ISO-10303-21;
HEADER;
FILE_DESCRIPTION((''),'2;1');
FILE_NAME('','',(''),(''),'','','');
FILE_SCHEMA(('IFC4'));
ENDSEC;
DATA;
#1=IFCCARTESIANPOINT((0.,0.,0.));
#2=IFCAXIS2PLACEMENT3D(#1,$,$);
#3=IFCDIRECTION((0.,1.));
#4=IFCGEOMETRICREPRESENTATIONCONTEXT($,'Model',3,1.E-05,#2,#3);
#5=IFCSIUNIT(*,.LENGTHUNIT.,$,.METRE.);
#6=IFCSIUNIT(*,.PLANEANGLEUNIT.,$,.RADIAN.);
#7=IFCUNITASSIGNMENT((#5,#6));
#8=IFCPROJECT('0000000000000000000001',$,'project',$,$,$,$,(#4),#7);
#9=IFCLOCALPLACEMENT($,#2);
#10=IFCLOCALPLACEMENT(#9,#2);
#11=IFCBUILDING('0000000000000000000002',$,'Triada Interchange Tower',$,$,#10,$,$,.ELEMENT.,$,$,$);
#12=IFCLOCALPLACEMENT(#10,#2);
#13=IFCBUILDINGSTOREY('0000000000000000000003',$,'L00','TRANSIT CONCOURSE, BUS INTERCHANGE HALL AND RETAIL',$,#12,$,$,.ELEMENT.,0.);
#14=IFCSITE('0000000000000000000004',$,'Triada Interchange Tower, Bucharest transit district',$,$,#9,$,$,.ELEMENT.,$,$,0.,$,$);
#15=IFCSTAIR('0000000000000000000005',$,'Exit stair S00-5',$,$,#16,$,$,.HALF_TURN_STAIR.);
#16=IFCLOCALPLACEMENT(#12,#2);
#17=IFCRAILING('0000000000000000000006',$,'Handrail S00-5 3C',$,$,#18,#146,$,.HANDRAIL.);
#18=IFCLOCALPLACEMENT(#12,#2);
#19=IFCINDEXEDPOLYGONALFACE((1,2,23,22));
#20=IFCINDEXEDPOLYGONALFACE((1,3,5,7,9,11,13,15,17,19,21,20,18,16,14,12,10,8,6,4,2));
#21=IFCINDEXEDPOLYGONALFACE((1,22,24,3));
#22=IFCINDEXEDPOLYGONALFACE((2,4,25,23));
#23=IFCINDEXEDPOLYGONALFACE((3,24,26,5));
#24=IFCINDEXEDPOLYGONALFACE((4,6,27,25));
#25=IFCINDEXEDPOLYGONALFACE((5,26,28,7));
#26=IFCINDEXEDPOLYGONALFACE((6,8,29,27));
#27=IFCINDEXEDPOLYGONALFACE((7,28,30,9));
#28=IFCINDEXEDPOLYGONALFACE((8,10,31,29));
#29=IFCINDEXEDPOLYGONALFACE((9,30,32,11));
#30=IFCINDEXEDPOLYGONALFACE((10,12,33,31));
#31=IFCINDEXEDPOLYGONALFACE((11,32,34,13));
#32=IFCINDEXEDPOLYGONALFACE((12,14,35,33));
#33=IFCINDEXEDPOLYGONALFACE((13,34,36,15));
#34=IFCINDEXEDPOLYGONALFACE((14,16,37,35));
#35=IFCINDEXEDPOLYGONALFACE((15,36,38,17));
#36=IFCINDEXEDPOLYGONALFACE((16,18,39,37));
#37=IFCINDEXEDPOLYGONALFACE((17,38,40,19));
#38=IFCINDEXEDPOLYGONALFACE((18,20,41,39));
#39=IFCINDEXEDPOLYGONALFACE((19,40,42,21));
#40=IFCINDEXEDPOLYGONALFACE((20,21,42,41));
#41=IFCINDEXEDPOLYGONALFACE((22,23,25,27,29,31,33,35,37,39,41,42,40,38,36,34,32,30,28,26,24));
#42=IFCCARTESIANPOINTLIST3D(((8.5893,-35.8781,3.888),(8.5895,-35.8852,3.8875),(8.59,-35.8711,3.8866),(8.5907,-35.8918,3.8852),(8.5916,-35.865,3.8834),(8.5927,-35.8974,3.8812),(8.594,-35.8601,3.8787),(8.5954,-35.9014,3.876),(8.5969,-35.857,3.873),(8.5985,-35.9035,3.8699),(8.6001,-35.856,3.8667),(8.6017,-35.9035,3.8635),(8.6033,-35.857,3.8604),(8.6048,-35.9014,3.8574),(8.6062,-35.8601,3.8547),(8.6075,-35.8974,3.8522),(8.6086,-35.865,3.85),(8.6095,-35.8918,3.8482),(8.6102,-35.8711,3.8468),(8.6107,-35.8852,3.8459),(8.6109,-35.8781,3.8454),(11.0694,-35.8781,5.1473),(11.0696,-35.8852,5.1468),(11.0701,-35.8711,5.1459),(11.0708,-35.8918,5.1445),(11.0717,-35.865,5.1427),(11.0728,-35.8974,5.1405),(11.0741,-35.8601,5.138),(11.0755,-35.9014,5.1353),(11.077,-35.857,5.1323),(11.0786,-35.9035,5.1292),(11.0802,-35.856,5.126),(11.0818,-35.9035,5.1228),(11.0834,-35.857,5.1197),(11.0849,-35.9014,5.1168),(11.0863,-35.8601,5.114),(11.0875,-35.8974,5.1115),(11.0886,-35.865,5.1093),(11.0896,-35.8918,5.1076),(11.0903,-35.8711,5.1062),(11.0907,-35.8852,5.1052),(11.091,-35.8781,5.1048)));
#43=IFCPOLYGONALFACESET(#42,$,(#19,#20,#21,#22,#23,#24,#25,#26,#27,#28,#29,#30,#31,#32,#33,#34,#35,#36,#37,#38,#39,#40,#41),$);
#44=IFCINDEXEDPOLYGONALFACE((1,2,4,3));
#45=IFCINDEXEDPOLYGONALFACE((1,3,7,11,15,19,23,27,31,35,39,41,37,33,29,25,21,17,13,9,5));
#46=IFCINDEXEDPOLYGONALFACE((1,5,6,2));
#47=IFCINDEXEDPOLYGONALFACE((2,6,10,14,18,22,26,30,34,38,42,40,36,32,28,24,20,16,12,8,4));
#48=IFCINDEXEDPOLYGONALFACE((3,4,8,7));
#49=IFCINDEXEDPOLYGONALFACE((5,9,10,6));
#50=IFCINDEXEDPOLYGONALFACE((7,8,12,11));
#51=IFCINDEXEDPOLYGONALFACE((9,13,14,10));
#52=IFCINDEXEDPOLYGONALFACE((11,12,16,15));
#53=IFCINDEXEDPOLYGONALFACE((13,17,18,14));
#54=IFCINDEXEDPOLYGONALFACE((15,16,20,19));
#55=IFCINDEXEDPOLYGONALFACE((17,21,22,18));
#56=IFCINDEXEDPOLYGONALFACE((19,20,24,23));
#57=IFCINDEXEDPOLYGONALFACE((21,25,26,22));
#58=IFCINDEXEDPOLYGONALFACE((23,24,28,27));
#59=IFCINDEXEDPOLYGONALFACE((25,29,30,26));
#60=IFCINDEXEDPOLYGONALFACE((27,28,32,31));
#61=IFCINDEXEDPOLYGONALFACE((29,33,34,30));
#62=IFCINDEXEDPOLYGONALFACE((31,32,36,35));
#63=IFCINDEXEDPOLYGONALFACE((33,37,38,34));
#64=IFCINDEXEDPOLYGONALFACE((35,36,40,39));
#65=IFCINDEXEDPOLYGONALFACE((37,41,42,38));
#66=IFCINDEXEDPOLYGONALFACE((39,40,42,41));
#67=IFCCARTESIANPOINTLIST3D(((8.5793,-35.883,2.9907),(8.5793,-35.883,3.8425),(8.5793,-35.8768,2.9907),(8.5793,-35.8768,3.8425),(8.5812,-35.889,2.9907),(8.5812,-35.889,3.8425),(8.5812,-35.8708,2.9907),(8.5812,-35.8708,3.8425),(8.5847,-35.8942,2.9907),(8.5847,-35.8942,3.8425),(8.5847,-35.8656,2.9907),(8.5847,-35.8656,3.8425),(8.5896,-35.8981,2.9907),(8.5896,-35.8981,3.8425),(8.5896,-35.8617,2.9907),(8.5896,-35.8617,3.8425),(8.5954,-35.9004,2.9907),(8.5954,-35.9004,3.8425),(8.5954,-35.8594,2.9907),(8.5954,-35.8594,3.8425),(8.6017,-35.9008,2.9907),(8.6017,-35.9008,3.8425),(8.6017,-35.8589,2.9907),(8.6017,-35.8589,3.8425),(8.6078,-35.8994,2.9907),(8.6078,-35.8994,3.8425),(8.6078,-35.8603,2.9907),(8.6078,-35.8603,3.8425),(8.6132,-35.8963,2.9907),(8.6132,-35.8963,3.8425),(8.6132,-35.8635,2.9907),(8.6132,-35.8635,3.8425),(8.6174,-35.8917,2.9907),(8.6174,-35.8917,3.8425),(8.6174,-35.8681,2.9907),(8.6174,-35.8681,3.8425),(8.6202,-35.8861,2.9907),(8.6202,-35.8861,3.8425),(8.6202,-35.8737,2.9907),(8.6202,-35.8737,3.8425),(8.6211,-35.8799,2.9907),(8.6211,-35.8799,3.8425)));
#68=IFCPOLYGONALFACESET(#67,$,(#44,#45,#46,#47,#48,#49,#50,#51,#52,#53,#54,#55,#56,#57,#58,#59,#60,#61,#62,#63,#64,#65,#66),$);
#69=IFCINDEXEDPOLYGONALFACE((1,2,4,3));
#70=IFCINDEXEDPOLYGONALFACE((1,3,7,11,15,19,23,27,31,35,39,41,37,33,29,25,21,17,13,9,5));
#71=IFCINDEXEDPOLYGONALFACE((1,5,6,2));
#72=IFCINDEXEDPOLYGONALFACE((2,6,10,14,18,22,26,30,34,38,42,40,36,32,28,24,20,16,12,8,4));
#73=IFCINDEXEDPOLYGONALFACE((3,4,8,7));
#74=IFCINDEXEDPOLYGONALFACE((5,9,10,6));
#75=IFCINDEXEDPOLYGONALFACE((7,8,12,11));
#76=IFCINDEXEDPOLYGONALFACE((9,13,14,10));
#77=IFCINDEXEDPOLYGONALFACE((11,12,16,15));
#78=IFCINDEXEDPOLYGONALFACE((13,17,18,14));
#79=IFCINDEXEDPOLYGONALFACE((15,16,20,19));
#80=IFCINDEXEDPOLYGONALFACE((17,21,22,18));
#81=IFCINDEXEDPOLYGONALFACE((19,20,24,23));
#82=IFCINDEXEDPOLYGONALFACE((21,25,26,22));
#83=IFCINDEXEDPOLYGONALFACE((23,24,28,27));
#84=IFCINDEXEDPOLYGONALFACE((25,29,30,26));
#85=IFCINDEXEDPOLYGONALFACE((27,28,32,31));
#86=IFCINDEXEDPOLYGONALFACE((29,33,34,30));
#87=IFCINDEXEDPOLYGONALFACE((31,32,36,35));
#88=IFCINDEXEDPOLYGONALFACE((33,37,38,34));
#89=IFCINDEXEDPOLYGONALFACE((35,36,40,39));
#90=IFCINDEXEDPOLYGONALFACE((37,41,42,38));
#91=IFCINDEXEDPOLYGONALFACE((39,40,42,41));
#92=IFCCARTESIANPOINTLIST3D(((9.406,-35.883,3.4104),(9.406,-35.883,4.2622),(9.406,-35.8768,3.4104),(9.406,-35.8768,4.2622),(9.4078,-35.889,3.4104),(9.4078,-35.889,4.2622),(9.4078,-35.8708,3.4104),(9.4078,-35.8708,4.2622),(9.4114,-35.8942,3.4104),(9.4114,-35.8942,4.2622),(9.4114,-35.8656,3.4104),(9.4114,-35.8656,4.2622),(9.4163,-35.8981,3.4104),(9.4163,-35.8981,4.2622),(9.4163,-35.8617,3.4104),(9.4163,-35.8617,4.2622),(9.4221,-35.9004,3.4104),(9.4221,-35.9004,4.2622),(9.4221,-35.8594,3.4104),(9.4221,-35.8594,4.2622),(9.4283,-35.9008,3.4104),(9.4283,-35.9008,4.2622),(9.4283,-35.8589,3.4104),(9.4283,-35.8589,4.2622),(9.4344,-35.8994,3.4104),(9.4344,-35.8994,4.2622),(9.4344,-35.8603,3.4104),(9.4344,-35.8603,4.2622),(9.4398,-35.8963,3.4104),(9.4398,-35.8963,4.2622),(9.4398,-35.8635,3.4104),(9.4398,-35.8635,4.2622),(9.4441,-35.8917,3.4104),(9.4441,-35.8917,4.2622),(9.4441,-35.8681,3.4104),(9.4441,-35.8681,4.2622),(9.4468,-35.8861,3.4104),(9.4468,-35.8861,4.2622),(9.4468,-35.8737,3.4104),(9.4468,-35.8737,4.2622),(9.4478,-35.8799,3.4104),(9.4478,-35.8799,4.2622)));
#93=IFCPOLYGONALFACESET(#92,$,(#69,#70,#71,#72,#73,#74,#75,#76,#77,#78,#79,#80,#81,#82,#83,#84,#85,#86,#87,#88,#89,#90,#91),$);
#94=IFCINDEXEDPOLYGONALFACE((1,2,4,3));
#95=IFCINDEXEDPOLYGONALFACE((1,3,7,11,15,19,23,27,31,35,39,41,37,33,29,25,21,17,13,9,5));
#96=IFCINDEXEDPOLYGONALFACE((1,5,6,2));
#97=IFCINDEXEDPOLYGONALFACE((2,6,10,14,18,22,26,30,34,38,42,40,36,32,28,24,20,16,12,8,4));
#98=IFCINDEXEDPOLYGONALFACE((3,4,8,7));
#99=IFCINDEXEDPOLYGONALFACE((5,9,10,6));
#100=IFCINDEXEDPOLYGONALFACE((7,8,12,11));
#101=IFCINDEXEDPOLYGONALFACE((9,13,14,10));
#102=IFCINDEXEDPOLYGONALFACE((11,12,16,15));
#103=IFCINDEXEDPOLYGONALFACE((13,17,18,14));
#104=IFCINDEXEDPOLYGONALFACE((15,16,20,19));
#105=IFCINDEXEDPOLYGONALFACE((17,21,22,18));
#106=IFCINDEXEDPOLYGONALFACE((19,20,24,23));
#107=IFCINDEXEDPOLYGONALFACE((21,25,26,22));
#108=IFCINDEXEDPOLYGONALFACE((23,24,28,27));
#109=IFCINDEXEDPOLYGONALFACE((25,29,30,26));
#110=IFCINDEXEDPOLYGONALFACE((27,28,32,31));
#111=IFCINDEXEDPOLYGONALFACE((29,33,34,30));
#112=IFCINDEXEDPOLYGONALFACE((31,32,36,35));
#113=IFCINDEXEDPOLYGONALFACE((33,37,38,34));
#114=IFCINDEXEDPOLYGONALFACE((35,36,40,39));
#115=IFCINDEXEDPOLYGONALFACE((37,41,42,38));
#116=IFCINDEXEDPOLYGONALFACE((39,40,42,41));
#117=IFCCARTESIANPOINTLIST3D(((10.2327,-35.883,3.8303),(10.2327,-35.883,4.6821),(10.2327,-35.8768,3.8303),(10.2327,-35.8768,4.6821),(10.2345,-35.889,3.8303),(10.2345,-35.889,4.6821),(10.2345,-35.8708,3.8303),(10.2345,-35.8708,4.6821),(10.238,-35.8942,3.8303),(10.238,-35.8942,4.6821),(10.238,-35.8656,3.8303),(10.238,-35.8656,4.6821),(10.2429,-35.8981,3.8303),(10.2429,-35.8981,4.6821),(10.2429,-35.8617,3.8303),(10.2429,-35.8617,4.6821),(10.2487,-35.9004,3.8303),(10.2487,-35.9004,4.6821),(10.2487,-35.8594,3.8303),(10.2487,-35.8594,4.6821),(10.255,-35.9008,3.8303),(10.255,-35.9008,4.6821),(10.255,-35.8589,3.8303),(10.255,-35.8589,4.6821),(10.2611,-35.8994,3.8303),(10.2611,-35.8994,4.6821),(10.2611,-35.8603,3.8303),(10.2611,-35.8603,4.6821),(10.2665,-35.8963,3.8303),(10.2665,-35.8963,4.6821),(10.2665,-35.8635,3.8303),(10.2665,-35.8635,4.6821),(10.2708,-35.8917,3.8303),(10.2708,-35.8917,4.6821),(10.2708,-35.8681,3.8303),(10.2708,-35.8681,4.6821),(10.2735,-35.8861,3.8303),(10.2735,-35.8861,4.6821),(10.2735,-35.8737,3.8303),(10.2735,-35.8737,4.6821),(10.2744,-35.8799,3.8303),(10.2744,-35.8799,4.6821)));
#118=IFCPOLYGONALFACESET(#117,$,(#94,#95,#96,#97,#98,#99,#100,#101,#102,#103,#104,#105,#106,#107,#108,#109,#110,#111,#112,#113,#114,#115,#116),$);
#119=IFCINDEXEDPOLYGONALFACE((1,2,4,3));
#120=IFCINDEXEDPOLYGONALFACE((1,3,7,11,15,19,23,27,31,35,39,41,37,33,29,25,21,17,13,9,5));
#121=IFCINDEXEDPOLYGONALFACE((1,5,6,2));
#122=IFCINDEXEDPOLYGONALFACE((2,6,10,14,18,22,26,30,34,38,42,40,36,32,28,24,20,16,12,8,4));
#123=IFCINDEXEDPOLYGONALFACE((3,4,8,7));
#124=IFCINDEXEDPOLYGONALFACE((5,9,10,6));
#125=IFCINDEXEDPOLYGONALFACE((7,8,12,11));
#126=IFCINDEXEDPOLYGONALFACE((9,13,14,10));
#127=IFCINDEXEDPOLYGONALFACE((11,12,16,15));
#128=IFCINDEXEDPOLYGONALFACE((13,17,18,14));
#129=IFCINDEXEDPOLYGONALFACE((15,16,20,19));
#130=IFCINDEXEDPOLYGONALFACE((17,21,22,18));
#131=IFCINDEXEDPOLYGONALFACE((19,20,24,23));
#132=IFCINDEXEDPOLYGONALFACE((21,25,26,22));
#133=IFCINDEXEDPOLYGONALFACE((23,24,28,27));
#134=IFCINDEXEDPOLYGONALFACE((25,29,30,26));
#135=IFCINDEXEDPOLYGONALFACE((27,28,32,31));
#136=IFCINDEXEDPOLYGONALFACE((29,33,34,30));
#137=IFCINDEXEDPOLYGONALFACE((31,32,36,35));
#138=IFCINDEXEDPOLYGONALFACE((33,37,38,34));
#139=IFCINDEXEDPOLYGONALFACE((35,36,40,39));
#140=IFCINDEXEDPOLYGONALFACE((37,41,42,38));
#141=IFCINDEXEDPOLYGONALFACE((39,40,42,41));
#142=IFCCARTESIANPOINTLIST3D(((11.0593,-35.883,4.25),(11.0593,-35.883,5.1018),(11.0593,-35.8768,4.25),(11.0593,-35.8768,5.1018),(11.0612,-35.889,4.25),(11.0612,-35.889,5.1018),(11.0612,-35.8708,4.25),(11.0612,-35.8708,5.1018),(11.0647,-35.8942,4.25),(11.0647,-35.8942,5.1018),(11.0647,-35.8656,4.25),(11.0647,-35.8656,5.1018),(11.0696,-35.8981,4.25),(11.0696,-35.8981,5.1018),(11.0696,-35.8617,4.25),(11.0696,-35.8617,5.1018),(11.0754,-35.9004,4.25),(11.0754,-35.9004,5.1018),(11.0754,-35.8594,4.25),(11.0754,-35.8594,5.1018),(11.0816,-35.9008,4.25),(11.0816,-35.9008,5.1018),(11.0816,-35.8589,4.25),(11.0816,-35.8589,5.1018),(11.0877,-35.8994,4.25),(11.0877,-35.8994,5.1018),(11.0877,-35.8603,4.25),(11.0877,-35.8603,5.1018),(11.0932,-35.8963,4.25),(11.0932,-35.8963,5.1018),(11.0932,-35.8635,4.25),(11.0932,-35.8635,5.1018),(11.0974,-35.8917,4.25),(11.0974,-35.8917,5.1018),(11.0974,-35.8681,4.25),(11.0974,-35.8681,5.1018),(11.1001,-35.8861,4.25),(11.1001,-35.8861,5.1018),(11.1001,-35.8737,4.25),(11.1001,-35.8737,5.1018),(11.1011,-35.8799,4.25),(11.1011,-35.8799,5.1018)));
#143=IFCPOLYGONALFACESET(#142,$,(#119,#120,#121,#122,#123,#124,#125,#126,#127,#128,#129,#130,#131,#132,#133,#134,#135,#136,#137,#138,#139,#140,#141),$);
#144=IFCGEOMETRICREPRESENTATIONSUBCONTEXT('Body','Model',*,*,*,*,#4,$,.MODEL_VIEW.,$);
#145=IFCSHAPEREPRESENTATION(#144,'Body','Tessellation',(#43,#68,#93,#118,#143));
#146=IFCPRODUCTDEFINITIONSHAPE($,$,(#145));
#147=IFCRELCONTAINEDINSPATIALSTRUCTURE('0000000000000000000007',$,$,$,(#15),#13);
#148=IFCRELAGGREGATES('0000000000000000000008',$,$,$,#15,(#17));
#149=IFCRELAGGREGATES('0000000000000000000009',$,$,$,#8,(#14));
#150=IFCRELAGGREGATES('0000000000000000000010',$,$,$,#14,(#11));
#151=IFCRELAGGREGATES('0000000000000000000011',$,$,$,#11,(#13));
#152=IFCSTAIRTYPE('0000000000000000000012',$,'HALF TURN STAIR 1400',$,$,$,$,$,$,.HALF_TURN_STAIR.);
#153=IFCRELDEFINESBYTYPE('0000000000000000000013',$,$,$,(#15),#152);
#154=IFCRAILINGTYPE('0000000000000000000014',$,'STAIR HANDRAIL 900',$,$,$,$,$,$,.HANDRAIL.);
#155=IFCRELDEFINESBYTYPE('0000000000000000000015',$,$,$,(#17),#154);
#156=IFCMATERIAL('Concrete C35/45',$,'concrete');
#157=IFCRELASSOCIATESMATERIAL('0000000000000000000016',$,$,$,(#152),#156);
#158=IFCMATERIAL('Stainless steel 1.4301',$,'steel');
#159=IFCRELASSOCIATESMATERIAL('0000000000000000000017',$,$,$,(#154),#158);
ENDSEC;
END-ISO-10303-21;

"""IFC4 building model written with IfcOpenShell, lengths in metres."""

from ifc_helpers import new_model, si_unit, direction, frame, origin, origin_2d, place, context, subcontext, project, spatial, circle, extrude, material, type_object, element, aggregate, save


model = new_model("IFC4")

# Units and contexts
model_context = context("Model", 3, precision=1e-05, world=origin(), true_north=direction((0.0, 1.0)))
body_context = subcontext(model_context, "Body", "Model", "MODEL_VIEW")
ifc_project = project(units=[si_unit("LENGTHUNIT", "METRE"), si_unit("PLANEANGLEUNIT", "RADIAN")], contexts=[model_context])

# Site, building, storey
site_placement = place(None, origin())
site = spatial("IfcSite", under=ifc_project, at=site_placement, Name="Triada Interchange Tower, Bucharest transit district", CompositionType="ELEMENT", RefElevation=0.0)
building_placement = place(site_placement, origin())
building = spatial("IfcBuilding", under=site, at=building_placement, Name="Triada Interchange Tower", CompositionType="ELEMENT")
storey_placement = place(building_placement, origin())
storey = spatial("IfcBuildingStorey", under=building, at=storey_placement, Name="L00", Description="TRANSIT CONCOURSE, BUS INTERCHANGE HALL AND RETAIL", CompositionType="ELEMENT", Elevation=0.0)

# Shared definitions
ifc_material_1 = material(Name="Concrete C35/45", Category="concrete")

# Stair, railing
stair_type = type_object("IfcStairType", Name="HALF TURN STAIR 1400", PredefinedType="HALF_TURN_STAIR", material=ifc_material_1)
stair_1_placement = place(storey_placement, origin())
stair_1 = element("IfcStair", 1, at=stair_1_placement, inside=storey, type_object=stair_type, Name="Exit stair S00-5", PredefinedType="HALF_TURN_STAIR")
ifc_material_2 = material(Name="Stainless steel 1.4301", Category="steel")
railing_type_1 = type_object("IfcRailingType", Name="STAIR HANDRAIL 900", PredefinedType="HANDRAIL", material=ifc_material_2)
railing_1_placement = place(storey_placement, frame((8.6001, -35.8799, 2.9907)))
railing_1 = element("IfcRailing", 2, at=railing_1_placement, type_object=railing_type_1, Name="Handrail S00-5 3C", PredefinedType="HANDRAIL", context=body_context, shape_type="SweptSolid", body=[
    extrude(circle(Radius=0.0239, at=origin_2d()), frame((0.0, 0.0, 0.876), z_axis=(0.891636, 0.0, 0.452752), x_axis=(0.0, 1.0, 0.0)), (0.0, 0.0, 1.0), 2.7815),
    extrude(circle(Radius=0.021, at=origin_2d()), origin(), (0.0, 0.0, 1.0), 0.8518),
    extrude(circle(Radius=0.021, at=origin_2d()), frame((0.8267, 0.0, 0.4197)), (0.0, 0.0, 1.0), 0.8518),
    extrude(circle(Radius=0.021, at=origin_2d()), frame((1.6533, 0.0, 0.8396)), (0.0, 0.0, 1.0), 0.8518),
    extrude(circle(Radius=0.021, at=origin_2d()), frame((2.48, 0.0, 1.2593)), (0.0, 0.0, 1.0), 0.8518),
])
aggregate(stair_1, [railing_1])

save(model, "model.ifc")
